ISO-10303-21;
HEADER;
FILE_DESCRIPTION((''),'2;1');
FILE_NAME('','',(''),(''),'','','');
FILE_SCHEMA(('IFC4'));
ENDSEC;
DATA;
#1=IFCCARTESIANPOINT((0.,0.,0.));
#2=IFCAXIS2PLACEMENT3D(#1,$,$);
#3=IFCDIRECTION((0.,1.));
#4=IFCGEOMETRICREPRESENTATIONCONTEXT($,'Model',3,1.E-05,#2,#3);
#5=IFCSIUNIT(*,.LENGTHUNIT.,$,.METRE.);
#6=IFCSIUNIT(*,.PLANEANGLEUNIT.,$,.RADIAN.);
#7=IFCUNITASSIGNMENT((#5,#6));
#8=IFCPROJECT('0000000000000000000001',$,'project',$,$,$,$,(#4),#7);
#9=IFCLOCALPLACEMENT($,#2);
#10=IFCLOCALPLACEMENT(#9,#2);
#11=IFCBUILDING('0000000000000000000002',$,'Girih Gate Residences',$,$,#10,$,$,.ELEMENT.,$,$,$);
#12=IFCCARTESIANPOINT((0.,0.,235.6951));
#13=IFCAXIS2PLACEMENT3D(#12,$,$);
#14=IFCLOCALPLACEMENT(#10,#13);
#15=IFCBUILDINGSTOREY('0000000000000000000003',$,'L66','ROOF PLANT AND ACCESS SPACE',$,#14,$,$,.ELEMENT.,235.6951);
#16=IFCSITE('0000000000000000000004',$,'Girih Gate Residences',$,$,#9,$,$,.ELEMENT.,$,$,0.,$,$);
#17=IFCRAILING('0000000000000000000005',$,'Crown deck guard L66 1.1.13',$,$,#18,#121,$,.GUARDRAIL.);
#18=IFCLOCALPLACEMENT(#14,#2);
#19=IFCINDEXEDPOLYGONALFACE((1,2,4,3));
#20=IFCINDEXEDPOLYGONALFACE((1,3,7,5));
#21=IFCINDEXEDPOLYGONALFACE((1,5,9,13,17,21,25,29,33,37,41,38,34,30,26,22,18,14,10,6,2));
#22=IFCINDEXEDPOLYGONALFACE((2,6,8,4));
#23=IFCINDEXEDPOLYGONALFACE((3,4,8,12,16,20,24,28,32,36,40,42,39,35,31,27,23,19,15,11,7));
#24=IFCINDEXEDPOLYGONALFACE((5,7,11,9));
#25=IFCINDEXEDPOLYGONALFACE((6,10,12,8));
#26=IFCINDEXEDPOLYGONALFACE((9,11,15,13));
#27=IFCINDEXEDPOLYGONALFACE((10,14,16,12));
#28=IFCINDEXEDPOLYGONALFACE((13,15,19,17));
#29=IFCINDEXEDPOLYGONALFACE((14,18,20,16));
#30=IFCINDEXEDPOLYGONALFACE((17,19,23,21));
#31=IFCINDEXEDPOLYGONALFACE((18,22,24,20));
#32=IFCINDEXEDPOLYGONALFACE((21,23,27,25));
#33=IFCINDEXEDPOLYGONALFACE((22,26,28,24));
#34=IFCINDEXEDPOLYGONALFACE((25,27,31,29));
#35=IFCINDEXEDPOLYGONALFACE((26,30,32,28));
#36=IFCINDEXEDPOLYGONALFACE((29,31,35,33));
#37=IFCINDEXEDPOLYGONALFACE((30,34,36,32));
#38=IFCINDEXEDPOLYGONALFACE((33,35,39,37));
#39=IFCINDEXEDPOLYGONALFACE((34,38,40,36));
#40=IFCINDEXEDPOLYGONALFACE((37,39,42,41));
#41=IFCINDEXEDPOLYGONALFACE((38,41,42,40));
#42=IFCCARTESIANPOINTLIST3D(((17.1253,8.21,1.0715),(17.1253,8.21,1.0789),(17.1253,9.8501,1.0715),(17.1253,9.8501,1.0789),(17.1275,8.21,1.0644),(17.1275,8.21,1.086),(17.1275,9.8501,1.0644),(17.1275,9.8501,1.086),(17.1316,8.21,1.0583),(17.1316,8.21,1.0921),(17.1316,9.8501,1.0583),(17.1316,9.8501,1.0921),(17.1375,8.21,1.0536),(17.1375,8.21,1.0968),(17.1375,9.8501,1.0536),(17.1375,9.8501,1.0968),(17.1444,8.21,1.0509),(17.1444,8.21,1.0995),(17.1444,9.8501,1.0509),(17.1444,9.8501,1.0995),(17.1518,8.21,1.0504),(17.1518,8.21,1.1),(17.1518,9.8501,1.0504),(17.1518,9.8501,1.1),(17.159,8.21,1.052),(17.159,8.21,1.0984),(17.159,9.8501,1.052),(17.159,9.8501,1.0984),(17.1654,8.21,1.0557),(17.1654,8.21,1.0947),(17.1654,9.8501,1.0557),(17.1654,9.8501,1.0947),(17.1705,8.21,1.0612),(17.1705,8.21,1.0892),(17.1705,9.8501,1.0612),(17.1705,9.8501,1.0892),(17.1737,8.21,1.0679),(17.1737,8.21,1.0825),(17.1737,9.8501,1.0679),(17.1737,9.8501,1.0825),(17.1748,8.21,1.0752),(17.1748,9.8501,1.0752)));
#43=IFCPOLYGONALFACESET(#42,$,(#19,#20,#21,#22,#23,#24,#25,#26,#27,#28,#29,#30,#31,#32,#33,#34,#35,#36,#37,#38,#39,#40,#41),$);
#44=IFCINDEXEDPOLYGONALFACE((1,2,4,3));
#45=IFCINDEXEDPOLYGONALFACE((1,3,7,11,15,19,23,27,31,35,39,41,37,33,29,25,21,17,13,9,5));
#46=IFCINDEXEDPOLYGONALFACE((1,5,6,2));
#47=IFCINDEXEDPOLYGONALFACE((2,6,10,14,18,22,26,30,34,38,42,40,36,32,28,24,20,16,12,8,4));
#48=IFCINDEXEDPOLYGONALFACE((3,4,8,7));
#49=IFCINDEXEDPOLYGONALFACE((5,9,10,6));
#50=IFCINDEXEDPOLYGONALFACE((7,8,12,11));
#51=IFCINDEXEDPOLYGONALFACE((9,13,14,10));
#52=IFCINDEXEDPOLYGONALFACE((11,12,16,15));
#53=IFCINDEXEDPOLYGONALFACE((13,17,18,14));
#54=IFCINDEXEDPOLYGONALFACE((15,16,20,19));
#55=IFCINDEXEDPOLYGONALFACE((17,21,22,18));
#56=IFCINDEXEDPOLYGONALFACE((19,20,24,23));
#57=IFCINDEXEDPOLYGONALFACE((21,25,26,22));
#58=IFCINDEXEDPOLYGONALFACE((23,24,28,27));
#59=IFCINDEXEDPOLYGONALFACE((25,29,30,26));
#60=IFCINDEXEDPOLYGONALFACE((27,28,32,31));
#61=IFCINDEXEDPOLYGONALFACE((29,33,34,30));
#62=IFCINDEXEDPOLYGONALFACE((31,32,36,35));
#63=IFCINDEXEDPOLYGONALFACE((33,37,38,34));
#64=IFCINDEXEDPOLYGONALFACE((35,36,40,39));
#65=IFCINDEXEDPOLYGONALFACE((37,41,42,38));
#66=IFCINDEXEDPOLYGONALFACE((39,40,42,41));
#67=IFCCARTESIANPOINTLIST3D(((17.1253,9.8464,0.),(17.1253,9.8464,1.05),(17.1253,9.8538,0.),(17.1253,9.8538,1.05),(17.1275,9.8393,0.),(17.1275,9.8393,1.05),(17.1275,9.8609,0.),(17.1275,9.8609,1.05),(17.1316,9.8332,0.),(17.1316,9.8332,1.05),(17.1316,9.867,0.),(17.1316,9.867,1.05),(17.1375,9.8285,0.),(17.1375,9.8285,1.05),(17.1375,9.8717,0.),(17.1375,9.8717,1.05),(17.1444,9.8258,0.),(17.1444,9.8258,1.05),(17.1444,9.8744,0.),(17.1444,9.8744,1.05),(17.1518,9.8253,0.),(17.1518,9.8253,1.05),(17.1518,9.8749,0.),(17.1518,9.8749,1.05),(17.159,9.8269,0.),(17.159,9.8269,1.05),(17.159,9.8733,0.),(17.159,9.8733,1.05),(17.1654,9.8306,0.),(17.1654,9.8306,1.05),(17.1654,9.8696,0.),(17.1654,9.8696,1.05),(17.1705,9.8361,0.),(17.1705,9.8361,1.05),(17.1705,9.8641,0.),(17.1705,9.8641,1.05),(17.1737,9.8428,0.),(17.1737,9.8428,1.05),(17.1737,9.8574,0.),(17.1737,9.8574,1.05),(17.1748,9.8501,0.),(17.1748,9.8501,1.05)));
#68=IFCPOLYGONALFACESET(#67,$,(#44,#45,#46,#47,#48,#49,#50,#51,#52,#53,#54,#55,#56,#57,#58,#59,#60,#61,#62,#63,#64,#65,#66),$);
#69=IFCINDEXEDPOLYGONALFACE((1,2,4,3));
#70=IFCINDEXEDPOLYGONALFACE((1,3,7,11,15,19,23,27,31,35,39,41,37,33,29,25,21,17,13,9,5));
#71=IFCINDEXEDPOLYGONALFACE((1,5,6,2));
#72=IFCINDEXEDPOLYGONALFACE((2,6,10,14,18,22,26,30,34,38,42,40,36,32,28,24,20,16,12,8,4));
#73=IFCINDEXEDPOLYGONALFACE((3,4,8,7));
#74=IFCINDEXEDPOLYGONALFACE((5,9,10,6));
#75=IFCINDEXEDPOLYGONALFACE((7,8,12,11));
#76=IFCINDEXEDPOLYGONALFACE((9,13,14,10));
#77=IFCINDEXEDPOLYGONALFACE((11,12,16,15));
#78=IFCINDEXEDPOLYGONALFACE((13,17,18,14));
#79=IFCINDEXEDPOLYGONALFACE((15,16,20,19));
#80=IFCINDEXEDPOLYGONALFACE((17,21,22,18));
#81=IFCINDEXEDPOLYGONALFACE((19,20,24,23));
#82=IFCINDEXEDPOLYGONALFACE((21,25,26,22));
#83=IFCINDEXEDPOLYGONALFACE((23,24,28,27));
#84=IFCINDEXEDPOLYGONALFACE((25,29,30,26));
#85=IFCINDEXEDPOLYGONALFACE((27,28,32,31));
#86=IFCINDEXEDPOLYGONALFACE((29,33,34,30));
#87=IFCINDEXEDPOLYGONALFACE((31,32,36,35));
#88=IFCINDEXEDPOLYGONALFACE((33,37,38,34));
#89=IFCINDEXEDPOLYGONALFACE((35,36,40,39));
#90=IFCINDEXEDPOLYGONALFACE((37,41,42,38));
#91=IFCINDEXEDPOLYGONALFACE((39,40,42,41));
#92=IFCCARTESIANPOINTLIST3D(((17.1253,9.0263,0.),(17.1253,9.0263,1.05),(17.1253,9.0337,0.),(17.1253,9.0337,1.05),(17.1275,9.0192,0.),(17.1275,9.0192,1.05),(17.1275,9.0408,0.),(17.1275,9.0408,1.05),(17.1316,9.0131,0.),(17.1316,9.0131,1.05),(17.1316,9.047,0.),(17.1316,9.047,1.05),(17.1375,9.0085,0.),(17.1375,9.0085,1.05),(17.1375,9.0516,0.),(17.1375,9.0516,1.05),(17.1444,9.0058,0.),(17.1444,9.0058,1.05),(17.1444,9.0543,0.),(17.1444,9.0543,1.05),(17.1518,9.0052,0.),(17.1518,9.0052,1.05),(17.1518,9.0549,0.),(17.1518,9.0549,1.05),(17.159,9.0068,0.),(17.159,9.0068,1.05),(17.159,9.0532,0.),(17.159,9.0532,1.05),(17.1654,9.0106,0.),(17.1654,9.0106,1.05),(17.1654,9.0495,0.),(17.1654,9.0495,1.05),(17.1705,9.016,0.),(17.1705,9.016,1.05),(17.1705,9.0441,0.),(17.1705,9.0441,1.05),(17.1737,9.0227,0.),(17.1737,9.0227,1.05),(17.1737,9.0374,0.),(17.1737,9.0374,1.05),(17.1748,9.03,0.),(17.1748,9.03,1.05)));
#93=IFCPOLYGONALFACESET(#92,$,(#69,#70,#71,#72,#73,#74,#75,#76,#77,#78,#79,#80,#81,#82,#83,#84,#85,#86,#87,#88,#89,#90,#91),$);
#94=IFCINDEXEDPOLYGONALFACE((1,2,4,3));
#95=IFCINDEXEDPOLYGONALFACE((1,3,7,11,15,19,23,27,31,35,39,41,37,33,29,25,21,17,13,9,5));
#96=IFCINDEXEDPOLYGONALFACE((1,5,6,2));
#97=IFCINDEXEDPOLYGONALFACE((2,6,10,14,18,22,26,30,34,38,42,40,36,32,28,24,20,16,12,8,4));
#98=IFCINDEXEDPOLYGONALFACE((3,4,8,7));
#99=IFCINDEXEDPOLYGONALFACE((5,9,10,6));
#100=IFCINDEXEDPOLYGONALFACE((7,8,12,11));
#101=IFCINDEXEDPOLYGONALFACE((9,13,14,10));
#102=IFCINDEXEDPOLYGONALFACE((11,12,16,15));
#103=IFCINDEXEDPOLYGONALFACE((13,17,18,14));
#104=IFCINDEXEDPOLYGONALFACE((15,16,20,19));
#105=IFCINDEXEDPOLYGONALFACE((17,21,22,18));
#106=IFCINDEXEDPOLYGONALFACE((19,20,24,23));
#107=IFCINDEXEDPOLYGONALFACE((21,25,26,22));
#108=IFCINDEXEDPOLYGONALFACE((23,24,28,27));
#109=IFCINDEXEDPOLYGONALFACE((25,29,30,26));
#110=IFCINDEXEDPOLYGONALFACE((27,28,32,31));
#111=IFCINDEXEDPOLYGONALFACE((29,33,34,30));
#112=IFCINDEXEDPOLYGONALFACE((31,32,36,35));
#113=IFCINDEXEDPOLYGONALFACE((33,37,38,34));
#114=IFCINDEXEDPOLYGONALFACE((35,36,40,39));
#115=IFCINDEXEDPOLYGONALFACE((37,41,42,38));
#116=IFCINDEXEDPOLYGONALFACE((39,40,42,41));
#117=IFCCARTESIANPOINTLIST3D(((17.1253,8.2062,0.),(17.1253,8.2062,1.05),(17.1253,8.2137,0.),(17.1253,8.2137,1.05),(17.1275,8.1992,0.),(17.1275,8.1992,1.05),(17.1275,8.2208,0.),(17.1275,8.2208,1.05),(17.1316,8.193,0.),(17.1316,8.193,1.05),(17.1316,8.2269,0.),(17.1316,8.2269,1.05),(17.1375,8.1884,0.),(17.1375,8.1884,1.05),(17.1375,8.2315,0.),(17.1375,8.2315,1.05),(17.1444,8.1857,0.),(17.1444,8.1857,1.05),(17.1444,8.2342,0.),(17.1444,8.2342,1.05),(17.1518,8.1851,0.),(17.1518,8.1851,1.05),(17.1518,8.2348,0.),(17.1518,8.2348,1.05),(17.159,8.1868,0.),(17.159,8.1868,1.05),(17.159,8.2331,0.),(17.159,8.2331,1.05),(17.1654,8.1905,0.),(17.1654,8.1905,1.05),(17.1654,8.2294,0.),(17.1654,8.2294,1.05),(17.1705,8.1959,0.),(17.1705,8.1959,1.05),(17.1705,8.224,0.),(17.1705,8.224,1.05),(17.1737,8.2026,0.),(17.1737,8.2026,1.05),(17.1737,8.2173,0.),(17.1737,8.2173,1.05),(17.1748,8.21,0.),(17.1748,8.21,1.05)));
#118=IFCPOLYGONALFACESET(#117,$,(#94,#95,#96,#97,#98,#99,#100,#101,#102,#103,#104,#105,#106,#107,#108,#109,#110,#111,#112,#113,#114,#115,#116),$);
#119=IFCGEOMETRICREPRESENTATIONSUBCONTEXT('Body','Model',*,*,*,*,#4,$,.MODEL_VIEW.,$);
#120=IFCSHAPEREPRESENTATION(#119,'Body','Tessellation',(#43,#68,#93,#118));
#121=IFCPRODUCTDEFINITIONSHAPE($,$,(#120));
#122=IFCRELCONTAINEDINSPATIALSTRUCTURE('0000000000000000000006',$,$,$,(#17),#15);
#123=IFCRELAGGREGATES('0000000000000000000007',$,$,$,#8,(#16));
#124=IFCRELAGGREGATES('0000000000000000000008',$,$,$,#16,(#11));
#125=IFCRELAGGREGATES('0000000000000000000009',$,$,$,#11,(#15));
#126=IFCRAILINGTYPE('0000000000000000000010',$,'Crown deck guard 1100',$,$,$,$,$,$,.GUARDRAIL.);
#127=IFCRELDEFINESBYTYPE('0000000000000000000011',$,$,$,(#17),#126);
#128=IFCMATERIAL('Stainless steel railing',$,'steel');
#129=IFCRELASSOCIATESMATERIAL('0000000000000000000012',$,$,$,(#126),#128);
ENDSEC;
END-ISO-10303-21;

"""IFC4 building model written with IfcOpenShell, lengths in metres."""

from ifc_helpers import new_model, si_unit, direction, frame, origin, origin_2d, place, context, subcontext, project, spatial, circle, extrude, material, type_object, element, save


model = new_model("IFC4")

# Units and contexts
model_context = context("Model", 3, precision=1e-05, world=origin(), true_north=direction((0.0, 1.0)))
body_context = subcontext(model_context, "Body", "Model", "MODEL_VIEW")
ifc_project = project(units=[si_unit("LENGTHUNIT", "METRE"), si_unit("PLANEANGLEUNIT", "RADIAN")], contexts=[model_context])

# Site, building, storey
site_placement = place(None, origin())
site = spatial("IfcSite", under=ifc_project, at=site_placement, Name="Girih Gate Residences", CompositionType="ELEMENT", RefElevation=0.0)
building_placement = place(site_placement, origin())
building = spatial("IfcBuilding", under=site, at=building_placement, Name="Girih Gate Residences", CompositionType="ELEMENT")
storey_placement = place(building_placement, frame((0.0, 0.0, 235.6951)))
storey = spatial("IfcBuildingStorey", under=building, at=storey_placement, Name="L66", Description="ROOF PLANT AND ACCESS SPACE", CompositionType="ELEMENT", Elevation=235.6951)

# Railing
ifc_material_1 = material(Name="Stainless steel railing", Category="steel")
railing_type = type_object("IfcRailingType", Name="Crown deck guard 1100", PredefinedType="GUARDRAIL", material=ifc_material_1)
railing_1_placement = place(storey_placement, frame((17.1499, 9.8501, 0.0)))
element("IfcRailing", 1, at=railing_1_placement, inside=storey, type_object=railing_type, Name="Crown deck guard L66 1.1.13", PredefinedType="GUARDRAIL", context=body_context, shape_type="SweptSolid", body=[
    extrude(circle(Radius=0.0249, at=origin_2d()), frame((0.0, 0.0, 1.0752), z_axis=(0.0, -1.0, 0.0), x_axis=(1.0, 0.0, 0.0)), (0.0, 0.0, 1.0), 1.6401),
    extrude(circle(Radius=0.0249, at=origin_2d()), origin(), (0.0, 0.0, 1.0), 1.05),
    extrude(circle(Radius=0.0249, at=origin_2d()), frame((0.0, -0.8201, 0.0)), (0.0, 0.0, 1.0), 1.05),
    extrude(circle(Radius=0.0249, at=origin_2d()), frame((0.0, -1.6401, 0.0)), (0.0, 0.0, 1.0), 1.05),
])

save(model, "model.ifc")
